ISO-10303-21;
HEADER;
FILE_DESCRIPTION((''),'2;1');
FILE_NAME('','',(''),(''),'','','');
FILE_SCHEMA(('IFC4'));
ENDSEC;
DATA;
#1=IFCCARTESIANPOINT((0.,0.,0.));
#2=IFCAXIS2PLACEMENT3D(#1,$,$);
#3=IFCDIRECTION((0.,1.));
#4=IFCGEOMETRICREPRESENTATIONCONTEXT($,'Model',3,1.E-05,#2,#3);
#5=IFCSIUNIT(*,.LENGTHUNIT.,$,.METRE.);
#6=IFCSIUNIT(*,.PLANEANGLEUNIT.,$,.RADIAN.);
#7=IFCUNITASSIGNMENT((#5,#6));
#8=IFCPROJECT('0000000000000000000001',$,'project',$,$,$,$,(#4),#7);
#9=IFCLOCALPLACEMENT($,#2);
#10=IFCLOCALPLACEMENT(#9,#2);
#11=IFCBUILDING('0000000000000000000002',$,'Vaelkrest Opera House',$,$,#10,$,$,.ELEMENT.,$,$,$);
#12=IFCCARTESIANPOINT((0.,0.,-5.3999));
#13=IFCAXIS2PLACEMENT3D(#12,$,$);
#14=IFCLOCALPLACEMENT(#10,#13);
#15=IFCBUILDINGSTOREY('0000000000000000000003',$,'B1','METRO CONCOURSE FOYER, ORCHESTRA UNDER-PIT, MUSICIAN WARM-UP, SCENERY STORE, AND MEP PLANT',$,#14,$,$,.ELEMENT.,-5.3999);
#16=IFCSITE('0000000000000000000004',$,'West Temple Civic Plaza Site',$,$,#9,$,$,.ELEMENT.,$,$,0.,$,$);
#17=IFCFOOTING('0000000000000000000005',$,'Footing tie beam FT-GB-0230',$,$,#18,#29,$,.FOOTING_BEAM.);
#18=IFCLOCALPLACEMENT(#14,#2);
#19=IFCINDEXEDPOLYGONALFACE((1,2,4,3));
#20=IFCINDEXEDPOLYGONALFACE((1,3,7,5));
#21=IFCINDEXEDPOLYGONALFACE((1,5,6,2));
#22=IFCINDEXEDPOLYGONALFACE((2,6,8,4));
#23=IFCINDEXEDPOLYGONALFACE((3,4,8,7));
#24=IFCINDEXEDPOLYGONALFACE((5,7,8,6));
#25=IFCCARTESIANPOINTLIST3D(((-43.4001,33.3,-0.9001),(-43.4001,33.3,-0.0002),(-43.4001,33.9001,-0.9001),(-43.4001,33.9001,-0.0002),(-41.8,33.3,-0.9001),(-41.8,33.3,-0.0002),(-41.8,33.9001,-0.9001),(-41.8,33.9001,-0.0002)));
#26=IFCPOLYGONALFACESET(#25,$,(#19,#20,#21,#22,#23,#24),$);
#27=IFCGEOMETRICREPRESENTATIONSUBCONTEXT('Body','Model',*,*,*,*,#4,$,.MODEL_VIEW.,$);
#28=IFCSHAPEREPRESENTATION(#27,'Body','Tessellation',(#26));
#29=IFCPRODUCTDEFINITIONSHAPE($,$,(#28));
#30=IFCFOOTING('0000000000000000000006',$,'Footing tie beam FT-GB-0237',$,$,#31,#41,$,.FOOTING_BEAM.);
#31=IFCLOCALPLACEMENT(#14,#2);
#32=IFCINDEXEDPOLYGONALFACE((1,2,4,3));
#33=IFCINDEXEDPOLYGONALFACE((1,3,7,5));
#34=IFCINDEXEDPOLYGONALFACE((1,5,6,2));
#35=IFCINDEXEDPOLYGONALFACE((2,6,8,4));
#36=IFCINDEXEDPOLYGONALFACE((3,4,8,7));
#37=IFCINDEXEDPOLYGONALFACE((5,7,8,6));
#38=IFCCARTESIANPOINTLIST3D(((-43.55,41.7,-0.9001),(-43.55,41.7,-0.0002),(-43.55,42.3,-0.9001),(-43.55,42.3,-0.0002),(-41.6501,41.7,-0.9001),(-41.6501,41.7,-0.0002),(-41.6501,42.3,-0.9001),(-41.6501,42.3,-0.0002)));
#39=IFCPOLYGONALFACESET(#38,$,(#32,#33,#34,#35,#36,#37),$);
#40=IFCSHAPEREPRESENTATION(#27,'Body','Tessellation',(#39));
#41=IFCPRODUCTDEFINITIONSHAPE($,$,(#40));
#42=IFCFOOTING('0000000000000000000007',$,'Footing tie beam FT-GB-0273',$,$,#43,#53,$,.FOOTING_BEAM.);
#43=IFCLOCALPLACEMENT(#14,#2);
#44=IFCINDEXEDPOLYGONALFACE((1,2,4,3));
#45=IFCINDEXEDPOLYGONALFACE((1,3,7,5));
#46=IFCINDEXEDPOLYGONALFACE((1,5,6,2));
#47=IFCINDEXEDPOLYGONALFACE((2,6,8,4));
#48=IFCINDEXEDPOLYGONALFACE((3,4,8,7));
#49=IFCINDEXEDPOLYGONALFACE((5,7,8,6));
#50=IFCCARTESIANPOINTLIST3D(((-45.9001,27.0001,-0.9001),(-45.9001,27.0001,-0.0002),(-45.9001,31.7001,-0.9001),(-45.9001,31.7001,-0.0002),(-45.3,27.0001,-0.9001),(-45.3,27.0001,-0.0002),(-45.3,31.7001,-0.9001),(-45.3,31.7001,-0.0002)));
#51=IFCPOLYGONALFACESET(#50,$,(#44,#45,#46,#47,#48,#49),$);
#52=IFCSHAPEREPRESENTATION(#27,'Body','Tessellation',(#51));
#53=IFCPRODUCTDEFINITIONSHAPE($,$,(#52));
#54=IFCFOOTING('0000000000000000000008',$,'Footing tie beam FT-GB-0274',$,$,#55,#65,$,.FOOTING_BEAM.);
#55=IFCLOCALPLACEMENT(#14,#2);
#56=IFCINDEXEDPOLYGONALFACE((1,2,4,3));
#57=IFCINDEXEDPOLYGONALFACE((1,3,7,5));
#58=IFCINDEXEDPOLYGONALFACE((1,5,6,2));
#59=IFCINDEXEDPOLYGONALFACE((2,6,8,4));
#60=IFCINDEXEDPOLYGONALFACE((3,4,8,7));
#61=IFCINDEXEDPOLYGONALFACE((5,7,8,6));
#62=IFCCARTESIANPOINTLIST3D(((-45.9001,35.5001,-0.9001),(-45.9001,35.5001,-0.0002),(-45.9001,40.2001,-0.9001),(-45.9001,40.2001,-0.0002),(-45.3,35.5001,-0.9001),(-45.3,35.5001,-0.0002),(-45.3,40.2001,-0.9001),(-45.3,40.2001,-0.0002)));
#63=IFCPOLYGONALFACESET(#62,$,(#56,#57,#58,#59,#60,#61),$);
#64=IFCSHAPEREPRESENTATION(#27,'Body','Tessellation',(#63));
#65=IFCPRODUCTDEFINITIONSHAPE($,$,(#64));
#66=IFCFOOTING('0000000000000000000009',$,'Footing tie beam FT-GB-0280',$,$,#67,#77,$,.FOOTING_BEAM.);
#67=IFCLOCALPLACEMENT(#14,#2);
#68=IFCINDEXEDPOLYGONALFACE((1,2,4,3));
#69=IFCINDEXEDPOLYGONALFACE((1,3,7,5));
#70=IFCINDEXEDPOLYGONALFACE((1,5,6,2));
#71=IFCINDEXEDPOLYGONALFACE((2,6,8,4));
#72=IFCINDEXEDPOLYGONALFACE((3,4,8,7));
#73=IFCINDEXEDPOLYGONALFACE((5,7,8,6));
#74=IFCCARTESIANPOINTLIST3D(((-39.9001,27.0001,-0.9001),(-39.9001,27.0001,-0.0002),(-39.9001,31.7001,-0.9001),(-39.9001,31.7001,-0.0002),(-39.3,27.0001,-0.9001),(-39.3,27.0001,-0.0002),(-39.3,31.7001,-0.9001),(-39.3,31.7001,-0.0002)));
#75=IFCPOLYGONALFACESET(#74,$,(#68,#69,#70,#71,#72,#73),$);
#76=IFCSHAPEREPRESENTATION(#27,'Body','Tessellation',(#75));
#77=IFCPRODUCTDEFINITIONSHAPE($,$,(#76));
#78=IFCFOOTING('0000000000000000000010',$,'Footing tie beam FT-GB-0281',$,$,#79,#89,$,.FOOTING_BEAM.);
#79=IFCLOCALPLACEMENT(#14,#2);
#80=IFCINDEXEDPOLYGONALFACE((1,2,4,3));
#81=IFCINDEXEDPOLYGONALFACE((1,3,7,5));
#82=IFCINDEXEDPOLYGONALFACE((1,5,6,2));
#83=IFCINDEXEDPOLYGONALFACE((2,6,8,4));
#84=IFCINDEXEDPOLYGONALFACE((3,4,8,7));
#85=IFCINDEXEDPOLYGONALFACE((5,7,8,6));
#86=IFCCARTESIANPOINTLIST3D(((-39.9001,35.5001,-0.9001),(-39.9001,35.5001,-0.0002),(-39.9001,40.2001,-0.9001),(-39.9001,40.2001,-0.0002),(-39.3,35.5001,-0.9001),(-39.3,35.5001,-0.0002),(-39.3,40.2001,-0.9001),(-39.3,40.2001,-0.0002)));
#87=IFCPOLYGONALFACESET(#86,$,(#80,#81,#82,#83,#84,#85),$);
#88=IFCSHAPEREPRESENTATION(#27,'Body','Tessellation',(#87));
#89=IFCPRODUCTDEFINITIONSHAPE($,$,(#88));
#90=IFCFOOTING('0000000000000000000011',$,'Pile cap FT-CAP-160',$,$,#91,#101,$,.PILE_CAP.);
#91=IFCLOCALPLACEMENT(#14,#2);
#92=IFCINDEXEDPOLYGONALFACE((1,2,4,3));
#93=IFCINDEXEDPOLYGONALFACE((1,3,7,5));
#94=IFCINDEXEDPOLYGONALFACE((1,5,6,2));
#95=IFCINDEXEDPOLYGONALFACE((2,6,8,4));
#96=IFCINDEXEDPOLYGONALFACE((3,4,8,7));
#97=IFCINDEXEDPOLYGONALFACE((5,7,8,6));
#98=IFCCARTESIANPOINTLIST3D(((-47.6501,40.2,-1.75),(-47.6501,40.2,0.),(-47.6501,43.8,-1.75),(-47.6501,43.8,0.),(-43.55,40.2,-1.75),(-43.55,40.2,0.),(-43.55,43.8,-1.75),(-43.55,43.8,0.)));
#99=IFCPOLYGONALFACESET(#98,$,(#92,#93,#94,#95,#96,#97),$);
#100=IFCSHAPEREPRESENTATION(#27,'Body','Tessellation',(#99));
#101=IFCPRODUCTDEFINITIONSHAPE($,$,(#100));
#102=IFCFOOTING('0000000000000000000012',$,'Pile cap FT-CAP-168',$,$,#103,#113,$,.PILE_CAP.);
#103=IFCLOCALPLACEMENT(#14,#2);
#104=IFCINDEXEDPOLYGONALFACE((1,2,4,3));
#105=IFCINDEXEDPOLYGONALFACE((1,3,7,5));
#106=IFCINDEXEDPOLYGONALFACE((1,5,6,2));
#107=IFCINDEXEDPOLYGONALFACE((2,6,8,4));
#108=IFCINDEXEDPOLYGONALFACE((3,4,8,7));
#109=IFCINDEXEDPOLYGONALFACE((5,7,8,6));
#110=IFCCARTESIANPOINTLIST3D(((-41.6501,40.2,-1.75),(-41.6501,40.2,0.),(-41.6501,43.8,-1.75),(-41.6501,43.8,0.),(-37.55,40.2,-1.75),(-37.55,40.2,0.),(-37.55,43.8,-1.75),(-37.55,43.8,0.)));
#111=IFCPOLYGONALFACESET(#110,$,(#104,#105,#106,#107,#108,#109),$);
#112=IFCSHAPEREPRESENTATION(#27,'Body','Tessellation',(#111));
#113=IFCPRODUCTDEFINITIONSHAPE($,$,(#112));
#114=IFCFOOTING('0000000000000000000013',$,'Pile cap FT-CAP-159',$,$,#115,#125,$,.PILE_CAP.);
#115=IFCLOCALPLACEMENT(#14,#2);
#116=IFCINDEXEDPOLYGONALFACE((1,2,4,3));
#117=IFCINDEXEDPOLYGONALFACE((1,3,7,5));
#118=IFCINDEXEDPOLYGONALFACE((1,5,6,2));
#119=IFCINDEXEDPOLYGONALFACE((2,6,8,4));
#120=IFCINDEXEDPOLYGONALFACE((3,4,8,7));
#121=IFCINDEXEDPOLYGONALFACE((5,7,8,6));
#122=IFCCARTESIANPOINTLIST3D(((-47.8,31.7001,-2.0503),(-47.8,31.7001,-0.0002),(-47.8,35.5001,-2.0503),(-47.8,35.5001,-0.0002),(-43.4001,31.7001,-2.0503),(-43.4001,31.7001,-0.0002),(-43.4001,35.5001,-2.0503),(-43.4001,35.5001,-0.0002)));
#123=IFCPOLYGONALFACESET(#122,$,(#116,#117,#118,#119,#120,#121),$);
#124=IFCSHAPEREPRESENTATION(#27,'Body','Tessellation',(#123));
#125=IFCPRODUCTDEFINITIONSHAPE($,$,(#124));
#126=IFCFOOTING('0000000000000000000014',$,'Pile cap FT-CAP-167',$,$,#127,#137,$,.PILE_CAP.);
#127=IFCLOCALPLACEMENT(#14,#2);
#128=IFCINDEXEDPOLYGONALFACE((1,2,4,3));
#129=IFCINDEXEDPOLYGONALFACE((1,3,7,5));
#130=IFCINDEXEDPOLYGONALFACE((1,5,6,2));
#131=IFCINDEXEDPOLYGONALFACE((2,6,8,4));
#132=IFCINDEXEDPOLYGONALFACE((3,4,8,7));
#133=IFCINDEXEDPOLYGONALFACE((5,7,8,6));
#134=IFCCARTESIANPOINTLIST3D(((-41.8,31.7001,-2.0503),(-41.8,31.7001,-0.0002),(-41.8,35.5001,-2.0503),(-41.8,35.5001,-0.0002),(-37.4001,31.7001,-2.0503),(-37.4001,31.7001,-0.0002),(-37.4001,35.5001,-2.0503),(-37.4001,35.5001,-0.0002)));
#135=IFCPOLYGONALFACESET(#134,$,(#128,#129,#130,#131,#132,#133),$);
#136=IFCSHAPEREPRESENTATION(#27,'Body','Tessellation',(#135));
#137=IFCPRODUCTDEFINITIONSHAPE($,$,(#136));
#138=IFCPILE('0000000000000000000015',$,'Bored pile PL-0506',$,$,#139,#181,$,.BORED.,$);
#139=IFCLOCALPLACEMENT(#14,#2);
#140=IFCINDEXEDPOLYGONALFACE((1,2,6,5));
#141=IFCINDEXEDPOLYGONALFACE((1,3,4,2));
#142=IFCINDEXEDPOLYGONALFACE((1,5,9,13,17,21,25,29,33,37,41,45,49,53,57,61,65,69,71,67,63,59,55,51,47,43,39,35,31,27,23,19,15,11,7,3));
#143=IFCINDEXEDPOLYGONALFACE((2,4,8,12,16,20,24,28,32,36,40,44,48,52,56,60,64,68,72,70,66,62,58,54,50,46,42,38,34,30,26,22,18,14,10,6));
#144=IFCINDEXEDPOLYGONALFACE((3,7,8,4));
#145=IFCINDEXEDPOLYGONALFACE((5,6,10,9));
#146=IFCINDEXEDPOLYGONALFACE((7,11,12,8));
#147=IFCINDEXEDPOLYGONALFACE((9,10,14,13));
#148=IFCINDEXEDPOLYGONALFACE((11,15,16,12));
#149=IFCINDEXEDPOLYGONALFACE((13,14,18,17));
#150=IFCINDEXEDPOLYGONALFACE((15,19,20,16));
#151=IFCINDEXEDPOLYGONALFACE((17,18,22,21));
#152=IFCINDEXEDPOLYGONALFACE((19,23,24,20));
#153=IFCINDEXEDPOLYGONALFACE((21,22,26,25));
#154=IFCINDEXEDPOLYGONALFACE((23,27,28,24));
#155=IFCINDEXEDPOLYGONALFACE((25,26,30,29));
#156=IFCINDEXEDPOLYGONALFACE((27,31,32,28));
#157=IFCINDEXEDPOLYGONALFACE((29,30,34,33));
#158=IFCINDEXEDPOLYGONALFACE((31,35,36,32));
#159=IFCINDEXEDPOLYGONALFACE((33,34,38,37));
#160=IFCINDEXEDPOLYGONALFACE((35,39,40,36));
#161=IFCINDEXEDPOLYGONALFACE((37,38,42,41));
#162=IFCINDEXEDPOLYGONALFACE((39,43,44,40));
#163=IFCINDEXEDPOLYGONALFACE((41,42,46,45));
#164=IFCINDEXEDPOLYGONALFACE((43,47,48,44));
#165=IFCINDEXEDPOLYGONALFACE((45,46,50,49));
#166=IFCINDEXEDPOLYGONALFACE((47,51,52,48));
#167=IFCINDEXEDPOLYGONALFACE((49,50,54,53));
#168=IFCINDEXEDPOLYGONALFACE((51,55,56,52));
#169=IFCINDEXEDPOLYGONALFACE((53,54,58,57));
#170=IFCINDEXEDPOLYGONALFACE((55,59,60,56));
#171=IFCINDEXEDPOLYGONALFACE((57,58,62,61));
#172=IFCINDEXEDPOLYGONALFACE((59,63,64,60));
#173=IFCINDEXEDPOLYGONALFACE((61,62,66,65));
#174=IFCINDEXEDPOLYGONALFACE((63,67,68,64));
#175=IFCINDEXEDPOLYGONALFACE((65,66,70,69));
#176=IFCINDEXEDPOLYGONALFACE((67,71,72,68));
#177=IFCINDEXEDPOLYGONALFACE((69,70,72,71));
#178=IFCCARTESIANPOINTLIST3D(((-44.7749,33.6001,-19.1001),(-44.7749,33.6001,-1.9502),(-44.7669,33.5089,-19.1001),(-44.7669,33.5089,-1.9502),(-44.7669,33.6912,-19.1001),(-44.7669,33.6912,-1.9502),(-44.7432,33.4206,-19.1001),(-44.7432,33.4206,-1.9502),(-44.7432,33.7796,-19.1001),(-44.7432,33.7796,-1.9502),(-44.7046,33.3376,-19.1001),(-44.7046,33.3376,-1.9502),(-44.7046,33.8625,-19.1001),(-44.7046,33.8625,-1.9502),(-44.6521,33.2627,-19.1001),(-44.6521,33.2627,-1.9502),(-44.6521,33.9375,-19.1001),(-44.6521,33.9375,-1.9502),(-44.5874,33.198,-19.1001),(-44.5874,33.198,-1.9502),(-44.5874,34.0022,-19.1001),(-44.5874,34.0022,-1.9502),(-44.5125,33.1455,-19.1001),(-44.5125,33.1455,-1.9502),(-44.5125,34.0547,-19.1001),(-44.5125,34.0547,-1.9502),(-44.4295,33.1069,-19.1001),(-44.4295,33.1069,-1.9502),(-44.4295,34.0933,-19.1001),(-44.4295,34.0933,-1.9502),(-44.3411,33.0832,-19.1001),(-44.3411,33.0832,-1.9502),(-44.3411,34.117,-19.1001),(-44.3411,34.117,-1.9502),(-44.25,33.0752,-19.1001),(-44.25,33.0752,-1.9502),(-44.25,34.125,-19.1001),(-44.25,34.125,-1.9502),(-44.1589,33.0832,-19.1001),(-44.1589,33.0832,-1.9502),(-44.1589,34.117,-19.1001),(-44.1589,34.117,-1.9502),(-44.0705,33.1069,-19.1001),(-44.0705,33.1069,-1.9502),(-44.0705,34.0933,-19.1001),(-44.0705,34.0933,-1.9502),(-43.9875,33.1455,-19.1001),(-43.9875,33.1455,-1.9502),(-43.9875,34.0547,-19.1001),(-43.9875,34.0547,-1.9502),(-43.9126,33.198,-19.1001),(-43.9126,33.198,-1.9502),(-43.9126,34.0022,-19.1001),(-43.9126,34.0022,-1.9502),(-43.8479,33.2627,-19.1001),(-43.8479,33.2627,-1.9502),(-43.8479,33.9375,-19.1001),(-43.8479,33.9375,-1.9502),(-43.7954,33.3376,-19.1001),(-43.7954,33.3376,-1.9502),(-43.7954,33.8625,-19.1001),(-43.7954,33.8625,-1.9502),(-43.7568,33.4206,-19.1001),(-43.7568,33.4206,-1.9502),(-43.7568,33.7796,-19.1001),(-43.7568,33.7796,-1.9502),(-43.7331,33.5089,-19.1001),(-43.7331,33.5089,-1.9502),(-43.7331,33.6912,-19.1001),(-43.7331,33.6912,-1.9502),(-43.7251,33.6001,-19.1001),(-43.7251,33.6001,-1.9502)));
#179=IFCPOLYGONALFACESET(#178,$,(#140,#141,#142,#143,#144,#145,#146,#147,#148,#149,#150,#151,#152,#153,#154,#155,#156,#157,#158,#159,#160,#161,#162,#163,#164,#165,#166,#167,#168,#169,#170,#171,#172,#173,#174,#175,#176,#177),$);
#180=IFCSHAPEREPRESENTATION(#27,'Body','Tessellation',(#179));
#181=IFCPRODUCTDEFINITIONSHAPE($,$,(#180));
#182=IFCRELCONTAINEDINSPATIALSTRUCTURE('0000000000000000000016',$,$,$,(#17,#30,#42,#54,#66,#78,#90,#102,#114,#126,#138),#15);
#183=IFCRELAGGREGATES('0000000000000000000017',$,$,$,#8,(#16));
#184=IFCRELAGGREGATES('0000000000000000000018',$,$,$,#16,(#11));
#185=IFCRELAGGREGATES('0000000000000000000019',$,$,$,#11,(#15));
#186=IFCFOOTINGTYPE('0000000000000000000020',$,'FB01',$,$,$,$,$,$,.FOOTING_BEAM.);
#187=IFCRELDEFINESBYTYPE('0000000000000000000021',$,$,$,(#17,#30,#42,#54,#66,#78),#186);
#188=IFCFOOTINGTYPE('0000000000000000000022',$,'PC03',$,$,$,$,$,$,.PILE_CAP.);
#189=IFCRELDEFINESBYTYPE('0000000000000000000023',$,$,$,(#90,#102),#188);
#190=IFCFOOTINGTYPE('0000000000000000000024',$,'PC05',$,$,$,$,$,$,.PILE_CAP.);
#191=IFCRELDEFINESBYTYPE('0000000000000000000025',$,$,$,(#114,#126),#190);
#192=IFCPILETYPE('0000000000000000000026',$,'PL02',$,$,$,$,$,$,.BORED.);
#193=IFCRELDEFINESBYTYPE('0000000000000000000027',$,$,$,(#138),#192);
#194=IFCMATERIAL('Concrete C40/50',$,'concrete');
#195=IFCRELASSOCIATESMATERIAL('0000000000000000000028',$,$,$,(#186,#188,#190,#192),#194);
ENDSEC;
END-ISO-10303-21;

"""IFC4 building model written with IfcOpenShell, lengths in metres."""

from ifc_helpers import new_model, si_unit, direction, frame, origin, origin_2d, place, context, subcontext, project, spatial, rectangle, circle, extrude, material, material_profile, profile_set, type_object, element, save


model = new_model("IFC4")

# Units and contexts
model_context = context("Model", 3, precision=1e-05, world=origin(), true_north=direction((0.0, 1.0)))
body_context = subcontext(model_context, "Body", "Model", "MODEL_VIEW")
ifc_project = project(units=[si_unit("LENGTHUNIT", "METRE"), si_unit("PLANEANGLEUNIT", "RADIAN")], contexts=[model_context])

# Site, building, storey
site_placement = place(None, origin())
site = spatial("IfcSite", under=ifc_project, at=site_placement, Name="West Temple Civic Plaza Site", CompositionType="ELEMENT", RefElevation=0.0)
building_placement = place(site_placement, origin())
building = spatial("IfcBuilding", under=site, at=building_placement, Name="Vaelkrest Opera House", CompositionType="ELEMENT")
storey_placement = place(building_placement, frame((0.0, 0.0, -5.3999)))
storey = spatial("IfcBuildingStorey", under=building, at=storey_placement, Name="B1", Description="METRO CONCOURSE FOYER, ORCHESTRA UNDER-PIT, MUSICIAN WARM-UP, SCENERY STORE, AND MEP PLANT", CompositionType="ELEMENT", Elevation=-5.3999)

# Footings
ifc_material_1 = material(Name="Concrete C40/50", Category="concrete")
footing_type_1 = type_object("IfcFootingType", Name="FB01", PredefinedType="FOOTING_BEAM", material=ifc_material_1)
footing_1_placement = place(storey_placement, frame((-42.6001, 33.6001, -0.9001), z_axis=(0.0, 0.0, 1.0), x_axis=(1.0, 0.0, 0.0)))
element("IfcFooting", 1, at=footing_1_placement, inside=storey, type_object=footing_type_1, Name="Footing tie beam FT-GB-0230", PredefinedType="FOOTING_BEAM", context=body_context, shape_type="SweptSolid", body=[
    extrude(rectangle(XDim=1.6001, YDim=0.6001, at=origin_2d()), origin(), (0.0, 0.0, 1.0), 0.8999),
])
footing_2_placement = place(storey_placement, frame((-42.6001, 42.0, -0.9001), z_axis=(0.0, 0.0, 1.0), x_axis=(1.0, 0.0, 0.0)))
element("IfcFooting", 2, at=footing_2_placement, inside=storey, type_object=footing_type_1, Name="Footing tie beam FT-GB-0237", PredefinedType="FOOTING_BEAM", context=body_context, shape_type="SweptSolid", body=[
    extrude(rectangle(XDim=1.8999, YDim=0.6001, at=origin_2d()), origin(), (0.0, 0.0, 1.0), 0.8999),
])
for number, where, z_axis, x_axis, name in (
    (3, (-45.6001, 29.3501, -0.9001), (0.0, 0.0, 1.0), (0.0, 1.0, 0.0), "Footing tie beam FT-GB-0273"),
    (4, (-45.6001, 37.8501, -0.9001), (0.0, 0.0, 1.0), (0.0, 1.0, 0.0), "Footing tie beam FT-GB-0274"),
    (5, (-39.6001, 29.3501, -0.9001), (0.0, 0.0, 1.0), (0.0, 1.0, 0.0), "Footing tie beam FT-GB-0280"),
    (6, (-39.6001, 37.8501, -0.9001), (0.0, 0.0, 1.0), (0.0, 1.0, 0.0), "Footing tie beam FT-GB-0281"),
):
    element("IfcFooting", number, at=place(storey_placement, frame(where, z_axis=z_axis, x_axis=x_axis)), inside=storey, type_object=footing_type_1, Name=name, PredefinedType="FOOTING_BEAM", context=body_context, shape_type="SweptSolid", body=[
        extrude(rectangle(XDim=4.7, YDim=0.6001, at=origin_2d()), origin(), (0.0, 0.0, 1.0), 0.8999),
    ])
footing_type_2 = type_object("IfcFootingType", Name="PC03", PredefinedType="PILE_CAP", material=ifc_material_1)
for number, where, z_axis, x_axis, name in (
    (7, (-45.6001, 42.0, -1.75), (0.0, 0.0, 1.0), (1.0, 0.0, 0.0), "Pile cap FT-CAP-160"),
    (8, (-39.6001, 42.0, -1.75), (0.0, 0.0, 1.0), (1.0, 0.0, 0.0), "Pile cap FT-CAP-168"),
):
    element("IfcFooting", number, at=place(storey_placement, frame(where, z_axis=z_axis, x_axis=x_axis)), inside=storey, type_object=footing_type_2, Name=name, PredefinedType="PILE_CAP", context=body_context, shape_type="SweptSolid", body=[
        extrude(rectangle(XDim=4.1001, YDim=3.6001, at=origin_2d()), origin(), (0.0, 0.0, 1.0), 1.75),
    ])
footing_type_3 = type_object("IfcFootingType", Name="PC05", PredefinedType="PILE_CAP", material=ifc_material_1)
for number, where, z_axis, x_axis, name in (
    (9, (-45.6001, 33.6001, -2.0503), (0.0, 0.0, 1.0), (1.0, 0.0, 0.0), "Pile cap FT-CAP-159"),
    (10, (-39.6001, 33.6001, -2.0503), (0.0, 0.0, 1.0), (1.0, 0.0, 0.0), "Pile cap FT-CAP-167"),
):
    element("IfcFooting", number, at=place(storey_placement, frame(where, z_axis=z_axis, x_axis=x_axis)), inside=storey, type_object=footing_type_3, Name=name, PredefinedType="PILE_CAP", context=body_context, shape_type="SweptSolid", body=[
        extrude(rectangle(XDim=4.3999, YDim=3.8, at=origin_2d()), origin(), (0.0, 0.0, 1.0), 2.05),
    ])

# Pile
ifc_material_profile_1 = material_profile(ifc_material_1, circle(Radius=0.5249, at=origin_2d()), Name="PILE1050")
ifc_profile_set_1 = profile_set([ifc_material_profile_1], Name="Concrete C40/50")
pile_type = type_object("IfcPileType", Name="PL02", PredefinedType="BORED", material=ifc_profile_set_1)
pile_1_placement = place(storey_placement, frame((-44.25, 33.6001, -1.9502), z_axis=(0.0, 0.0, -1.0), x_axis=(1.0, 0.0, 0.0)))
element("IfcPile", 11, at=pile_1_placement, inside=storey, type_object=pile_type, Name="Bored pile PL-0506", PredefinedType="BORED", context=body_context, shape_type="SweptSolid", body=[
    extrude(circle(Radius=0.5249, at=origin_2d()), origin(), (0.0, 0.0, 1.0), 17.1499),
])

save(model, "model.ifc")
